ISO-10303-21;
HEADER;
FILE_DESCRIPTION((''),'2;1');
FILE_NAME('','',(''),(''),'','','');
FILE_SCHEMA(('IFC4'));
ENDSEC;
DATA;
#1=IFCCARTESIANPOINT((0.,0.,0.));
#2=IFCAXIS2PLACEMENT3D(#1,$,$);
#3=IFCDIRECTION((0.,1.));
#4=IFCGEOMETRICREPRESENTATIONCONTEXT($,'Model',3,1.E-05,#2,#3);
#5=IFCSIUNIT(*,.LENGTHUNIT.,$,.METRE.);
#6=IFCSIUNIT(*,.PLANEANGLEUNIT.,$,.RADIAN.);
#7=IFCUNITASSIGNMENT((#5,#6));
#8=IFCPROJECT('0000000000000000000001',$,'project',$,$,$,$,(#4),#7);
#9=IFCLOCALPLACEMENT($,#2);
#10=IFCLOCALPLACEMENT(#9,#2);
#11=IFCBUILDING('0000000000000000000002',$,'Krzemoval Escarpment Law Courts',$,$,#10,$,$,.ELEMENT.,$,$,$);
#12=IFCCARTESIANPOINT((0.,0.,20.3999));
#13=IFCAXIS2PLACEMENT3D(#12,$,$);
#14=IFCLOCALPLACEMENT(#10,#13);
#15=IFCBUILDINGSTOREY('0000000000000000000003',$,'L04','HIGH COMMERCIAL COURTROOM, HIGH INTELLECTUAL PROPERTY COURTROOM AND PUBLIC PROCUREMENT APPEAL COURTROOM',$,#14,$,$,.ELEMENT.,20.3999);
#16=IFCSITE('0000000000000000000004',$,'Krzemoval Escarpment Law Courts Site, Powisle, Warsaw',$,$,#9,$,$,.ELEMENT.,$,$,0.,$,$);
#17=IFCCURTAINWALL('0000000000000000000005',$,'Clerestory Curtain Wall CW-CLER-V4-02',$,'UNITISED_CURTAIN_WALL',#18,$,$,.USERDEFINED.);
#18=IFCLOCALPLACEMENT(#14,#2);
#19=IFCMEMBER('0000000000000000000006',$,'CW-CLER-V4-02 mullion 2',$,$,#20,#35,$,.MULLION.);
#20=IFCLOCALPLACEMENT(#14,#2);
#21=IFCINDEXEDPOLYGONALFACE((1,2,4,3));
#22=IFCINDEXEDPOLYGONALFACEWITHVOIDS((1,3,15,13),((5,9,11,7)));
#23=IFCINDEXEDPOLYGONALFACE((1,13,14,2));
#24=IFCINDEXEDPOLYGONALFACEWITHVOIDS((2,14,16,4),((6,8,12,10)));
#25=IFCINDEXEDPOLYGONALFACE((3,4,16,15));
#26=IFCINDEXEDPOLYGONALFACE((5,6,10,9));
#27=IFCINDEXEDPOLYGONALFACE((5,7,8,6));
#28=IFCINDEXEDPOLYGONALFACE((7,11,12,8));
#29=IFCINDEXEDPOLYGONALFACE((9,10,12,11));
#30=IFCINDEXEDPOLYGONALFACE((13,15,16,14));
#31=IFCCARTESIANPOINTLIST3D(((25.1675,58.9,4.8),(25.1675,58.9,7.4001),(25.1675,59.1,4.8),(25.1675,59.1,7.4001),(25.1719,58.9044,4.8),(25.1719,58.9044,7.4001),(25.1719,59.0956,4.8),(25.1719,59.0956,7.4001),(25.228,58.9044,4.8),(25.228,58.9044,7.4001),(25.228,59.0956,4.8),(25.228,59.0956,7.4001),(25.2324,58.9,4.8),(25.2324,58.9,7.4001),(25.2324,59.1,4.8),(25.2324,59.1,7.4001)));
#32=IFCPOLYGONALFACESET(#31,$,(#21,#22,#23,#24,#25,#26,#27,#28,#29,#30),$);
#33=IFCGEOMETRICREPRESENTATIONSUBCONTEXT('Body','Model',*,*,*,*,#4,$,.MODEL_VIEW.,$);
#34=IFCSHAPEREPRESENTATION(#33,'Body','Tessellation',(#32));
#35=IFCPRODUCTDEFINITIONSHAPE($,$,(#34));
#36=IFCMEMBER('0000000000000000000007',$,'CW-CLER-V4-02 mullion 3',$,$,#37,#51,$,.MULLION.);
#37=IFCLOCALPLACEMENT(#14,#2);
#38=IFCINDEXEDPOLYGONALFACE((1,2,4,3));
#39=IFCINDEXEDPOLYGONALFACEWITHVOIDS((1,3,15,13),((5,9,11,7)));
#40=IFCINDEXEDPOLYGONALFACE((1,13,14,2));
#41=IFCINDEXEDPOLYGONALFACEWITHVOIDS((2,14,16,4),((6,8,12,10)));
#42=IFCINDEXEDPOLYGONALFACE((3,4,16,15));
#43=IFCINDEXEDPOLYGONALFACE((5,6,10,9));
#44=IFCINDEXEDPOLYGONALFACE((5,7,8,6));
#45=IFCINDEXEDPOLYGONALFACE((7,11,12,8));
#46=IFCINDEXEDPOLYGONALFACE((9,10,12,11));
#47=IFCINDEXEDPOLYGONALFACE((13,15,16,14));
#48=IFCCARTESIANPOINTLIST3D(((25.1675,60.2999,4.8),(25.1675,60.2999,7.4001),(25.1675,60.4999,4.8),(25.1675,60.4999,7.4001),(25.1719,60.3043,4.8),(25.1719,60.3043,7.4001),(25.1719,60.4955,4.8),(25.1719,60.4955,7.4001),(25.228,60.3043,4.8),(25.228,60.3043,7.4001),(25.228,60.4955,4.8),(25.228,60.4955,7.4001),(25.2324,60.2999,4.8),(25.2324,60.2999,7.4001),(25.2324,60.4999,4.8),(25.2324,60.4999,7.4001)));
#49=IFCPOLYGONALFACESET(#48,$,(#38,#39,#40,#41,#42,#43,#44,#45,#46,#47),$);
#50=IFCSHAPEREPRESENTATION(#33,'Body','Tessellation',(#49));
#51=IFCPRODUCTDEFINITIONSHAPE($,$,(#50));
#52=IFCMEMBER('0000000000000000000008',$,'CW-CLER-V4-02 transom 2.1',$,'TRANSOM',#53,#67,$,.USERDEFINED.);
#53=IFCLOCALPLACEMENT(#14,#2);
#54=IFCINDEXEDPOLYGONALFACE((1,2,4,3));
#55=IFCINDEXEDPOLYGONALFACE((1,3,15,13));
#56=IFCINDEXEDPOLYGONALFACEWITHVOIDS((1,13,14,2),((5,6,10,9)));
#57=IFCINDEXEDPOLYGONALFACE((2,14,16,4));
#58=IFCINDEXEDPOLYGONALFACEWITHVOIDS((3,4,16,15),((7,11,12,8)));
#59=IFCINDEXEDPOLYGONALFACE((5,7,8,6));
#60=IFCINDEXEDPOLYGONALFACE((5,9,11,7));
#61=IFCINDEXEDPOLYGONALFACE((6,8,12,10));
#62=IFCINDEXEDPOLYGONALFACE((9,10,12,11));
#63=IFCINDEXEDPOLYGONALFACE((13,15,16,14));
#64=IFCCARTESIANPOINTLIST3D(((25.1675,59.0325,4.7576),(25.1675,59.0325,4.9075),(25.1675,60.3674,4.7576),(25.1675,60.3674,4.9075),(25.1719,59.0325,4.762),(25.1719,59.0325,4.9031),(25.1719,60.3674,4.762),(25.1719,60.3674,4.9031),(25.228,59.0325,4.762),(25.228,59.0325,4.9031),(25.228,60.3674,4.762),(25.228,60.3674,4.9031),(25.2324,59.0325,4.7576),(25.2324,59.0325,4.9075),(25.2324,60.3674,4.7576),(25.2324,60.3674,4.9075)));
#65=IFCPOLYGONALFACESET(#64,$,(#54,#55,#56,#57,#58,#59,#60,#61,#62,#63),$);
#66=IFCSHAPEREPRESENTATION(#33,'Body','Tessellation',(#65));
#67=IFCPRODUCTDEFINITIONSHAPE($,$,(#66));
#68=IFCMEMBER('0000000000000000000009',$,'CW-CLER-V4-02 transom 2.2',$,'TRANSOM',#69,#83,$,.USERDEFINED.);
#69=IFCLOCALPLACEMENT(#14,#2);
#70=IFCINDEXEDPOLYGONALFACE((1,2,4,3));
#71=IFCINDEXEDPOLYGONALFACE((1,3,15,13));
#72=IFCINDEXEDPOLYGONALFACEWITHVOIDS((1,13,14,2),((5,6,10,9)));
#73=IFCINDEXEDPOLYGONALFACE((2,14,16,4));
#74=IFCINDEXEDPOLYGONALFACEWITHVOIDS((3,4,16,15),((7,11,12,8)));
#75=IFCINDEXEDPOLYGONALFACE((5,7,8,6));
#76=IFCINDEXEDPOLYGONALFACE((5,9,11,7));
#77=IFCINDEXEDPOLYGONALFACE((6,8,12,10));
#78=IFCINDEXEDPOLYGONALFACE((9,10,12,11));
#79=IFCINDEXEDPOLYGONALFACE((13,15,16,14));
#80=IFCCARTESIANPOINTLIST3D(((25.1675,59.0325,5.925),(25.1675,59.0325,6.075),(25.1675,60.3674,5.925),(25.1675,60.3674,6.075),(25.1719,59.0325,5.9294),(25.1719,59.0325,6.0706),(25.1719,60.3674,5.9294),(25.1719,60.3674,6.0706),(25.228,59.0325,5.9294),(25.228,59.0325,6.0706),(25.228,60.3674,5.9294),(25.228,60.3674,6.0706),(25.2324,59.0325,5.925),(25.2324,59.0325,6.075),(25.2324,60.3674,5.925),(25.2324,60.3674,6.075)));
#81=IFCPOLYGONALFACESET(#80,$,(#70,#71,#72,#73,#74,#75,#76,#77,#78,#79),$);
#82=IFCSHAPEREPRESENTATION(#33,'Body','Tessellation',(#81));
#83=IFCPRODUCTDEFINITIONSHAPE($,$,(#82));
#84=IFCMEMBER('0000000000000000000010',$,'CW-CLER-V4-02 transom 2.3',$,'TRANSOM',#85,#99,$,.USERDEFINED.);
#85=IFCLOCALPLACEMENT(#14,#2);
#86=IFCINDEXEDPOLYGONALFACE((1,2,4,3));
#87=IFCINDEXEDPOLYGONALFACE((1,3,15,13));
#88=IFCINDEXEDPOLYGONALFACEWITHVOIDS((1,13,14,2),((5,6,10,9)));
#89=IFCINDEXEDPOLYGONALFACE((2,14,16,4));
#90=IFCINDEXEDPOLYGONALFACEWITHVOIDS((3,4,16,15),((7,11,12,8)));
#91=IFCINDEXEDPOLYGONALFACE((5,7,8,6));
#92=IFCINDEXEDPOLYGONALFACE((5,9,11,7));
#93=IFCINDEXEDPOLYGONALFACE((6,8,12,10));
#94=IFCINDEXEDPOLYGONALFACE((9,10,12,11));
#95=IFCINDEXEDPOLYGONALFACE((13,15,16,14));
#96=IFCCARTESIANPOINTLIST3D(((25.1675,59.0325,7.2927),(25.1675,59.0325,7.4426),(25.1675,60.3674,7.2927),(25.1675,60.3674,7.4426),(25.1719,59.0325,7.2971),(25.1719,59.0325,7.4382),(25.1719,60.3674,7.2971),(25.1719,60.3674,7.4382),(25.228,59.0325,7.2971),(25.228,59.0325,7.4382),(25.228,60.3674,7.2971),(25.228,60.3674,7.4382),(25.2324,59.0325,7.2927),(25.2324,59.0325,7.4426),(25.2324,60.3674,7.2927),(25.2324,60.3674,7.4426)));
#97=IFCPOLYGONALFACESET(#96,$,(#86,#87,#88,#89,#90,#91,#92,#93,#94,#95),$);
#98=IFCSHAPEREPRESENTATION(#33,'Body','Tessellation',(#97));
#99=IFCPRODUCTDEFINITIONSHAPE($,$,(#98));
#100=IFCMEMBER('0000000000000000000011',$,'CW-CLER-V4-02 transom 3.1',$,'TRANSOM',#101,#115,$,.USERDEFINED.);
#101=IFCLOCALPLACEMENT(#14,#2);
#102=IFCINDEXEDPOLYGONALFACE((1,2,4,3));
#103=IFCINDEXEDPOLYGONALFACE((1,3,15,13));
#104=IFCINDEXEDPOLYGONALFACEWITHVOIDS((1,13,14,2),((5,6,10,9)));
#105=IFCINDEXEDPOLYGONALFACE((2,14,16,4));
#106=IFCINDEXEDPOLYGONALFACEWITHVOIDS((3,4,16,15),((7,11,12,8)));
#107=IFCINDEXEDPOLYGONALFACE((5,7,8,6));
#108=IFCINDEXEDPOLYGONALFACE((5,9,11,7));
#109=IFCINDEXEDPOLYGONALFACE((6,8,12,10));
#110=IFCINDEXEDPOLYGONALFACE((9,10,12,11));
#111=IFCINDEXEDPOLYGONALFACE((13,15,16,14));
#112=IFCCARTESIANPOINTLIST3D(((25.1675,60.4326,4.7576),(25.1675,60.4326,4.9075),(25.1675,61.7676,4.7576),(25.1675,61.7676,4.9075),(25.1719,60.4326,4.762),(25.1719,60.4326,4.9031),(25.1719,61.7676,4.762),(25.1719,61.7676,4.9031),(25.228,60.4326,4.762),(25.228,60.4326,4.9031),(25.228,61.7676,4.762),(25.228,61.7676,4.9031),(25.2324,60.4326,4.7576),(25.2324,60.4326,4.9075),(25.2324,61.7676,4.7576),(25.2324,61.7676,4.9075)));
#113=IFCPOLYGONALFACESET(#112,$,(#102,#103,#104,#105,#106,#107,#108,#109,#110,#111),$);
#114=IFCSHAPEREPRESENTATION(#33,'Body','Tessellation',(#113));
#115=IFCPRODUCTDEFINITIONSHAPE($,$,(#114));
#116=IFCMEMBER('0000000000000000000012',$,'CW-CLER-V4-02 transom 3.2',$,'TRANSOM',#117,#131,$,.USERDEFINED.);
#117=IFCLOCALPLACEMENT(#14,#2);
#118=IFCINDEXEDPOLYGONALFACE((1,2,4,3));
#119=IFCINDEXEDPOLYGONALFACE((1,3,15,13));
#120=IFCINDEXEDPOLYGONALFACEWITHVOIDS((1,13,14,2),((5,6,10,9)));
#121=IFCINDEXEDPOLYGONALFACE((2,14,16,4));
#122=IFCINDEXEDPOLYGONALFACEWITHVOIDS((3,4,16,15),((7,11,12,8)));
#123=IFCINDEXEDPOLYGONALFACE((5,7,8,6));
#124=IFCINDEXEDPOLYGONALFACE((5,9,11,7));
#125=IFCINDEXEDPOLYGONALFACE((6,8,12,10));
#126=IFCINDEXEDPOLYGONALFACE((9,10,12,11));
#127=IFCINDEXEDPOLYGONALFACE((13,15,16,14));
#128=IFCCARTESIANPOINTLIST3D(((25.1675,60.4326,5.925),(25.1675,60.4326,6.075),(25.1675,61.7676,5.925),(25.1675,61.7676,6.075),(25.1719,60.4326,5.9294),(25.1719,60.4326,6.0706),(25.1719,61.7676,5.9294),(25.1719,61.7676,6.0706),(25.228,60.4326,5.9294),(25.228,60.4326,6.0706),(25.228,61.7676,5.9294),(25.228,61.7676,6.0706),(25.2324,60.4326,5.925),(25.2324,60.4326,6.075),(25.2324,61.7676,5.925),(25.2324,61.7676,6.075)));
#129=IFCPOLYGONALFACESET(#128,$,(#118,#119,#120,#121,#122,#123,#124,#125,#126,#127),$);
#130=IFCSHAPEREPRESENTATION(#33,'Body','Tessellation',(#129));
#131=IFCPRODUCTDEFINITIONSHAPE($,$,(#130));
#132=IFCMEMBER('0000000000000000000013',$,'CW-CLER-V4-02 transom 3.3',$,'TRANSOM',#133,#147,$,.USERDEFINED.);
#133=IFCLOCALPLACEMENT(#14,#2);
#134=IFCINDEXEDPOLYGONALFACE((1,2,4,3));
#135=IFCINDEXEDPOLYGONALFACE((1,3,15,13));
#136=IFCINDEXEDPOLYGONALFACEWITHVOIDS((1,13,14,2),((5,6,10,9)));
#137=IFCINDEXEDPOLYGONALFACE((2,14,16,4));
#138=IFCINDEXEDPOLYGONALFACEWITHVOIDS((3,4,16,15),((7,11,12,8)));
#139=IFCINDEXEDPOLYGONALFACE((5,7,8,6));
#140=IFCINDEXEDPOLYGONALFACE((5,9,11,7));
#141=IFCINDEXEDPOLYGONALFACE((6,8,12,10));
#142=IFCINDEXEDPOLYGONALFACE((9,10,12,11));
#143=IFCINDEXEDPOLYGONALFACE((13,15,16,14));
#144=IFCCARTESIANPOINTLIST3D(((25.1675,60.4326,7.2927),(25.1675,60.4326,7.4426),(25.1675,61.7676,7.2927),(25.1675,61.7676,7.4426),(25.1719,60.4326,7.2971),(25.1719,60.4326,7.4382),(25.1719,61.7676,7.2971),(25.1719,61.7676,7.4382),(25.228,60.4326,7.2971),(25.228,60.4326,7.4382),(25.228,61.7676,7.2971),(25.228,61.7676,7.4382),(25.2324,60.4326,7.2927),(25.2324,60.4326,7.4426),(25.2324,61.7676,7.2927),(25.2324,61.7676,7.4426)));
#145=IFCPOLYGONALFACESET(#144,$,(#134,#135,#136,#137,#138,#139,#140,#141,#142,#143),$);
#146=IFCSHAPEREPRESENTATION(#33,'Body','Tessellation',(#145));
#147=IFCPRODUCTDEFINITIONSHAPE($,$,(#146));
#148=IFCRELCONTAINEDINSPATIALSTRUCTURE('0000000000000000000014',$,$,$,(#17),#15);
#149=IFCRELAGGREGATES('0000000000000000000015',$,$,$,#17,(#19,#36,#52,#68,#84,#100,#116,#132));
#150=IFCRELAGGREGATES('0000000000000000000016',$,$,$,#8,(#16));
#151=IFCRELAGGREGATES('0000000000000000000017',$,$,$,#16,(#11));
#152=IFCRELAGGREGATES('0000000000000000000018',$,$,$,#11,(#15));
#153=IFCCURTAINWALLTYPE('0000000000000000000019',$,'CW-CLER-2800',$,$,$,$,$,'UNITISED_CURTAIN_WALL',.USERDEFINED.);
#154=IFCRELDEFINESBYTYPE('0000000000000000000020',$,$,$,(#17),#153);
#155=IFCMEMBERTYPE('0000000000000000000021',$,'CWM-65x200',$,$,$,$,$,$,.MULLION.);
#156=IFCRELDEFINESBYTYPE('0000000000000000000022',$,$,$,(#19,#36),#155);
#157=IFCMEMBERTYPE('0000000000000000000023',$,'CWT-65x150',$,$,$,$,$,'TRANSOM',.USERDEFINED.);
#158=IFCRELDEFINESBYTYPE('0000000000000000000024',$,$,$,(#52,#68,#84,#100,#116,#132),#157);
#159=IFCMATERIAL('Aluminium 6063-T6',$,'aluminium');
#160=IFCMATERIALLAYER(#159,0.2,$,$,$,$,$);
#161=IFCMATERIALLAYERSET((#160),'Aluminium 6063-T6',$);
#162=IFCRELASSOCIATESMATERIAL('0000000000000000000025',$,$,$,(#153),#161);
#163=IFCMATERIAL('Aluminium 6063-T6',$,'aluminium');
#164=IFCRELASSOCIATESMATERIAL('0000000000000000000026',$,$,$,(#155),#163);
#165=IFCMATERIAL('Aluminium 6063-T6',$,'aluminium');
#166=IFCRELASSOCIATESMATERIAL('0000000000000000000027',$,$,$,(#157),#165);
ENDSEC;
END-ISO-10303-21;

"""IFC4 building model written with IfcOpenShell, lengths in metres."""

from ifc_helpers import new_model, si_unit, direction, frame, origin, origin_2d, place, context, subcontext, project, spatial, hollow_rectangle, extrude, material, layer, layer_set, material_profile, profile_set, type_object, element, aggregate, save


model = new_model("IFC4")

# Units and contexts
model_context = context("Model", 3, precision=1e-05, world=origin(), true_north=direction((0.0, 1.0)))
body_context = subcontext(model_context, "Body", "Model", "MODEL_VIEW")
ifc_project = project(units=[si_unit("LENGTHUNIT", "METRE"), si_unit("PLANEANGLEUNIT", "RADIAN")], contexts=[model_context])

# Site, building, storey
site_placement = place(None, origin())
site = spatial("IfcSite", under=ifc_project, at=site_placement, Name="Krzemoval Escarpment Law Courts Site, Powisle, Warsaw", CompositionType="ELEMENT", RefElevation=0.0)
building_placement = place(site_placement, origin())
building = spatial("IfcBuilding", under=site, at=building_placement, Name="Krzemoval Escarpment Law Courts", CompositionType="ELEMENT")
storey_placement = place(building_placement, frame((0.0, 0.0, 20.3999)))
storey = spatial("IfcBuildingStorey", under=building, at=storey_placement, Name="L04", Description="HIGH COMMERCIAL COURTROOM, HIGH INTELLECTUAL PROPERTY COURTROOM AND PUBLIC PROCUREMENT APPEAL COURTROOM", CompositionType="ELEMENT", Elevation=20.3999)

# Curtain wall, members
ifc_material_1 = material(Name="Aluminium 6063-T6", Category="aluminium")
ifc_layer_1 = layer(ifc_material_1, 0.2)
ifc_layer_set_1 = layer_set([ifc_layer_1], Name="Aluminium 6063-T6")
curtain_wall_type = type_object("IfcCurtainWallType", Name="CW-CLER-2800", ElementType="UNITISED_CURTAIN_WALL", PredefinedType="USERDEFINED", material=ifc_layer_set_1)
curtain_wall_placement = place(storey_placement, origin())
curtain_wall = element("IfcCurtainWall", 1, at=curtain_wall_placement, inside=storey, type_object=curtain_wall_type, Name="Clerestory Curtain Wall CW-CLER-V4-02", ObjectType="UNITISED_CURTAIN_WALL", PredefinedType="USERDEFINED")
ifc_material_2 = material(Name="Aluminium 6063-T6", Category="aluminium")
ifc_material_profile_1 = material_profile(ifc_material_2, hollow_rectangle(XDim=0.0649, YDim=0.2, WallThickness=0.0044, at=origin_2d()), Name="ALU M65x200")
ifc_profile_set_1 = profile_set([ifc_material_profile_1], Name="Aluminium 6063-T6")
member_type_1 = type_object("IfcMemberType", Name="CWM-65x200", PredefinedType="MULLION", material=ifc_profile_set_1)
member_1_placement = place(storey_placement, frame((25.2, 59.0, 4.8), z_axis=(0.0, 0.0, 1.0), x_axis=(-1.0, 0.0, 0.0)))
member_1 = element("IfcMember", 2, at=member_1_placement, type_object=member_type_1, Name="CW-CLER-V4-02 mullion 2", PredefinedType="MULLION", context=body_context, shape_type="SweptSolid", body=[
    extrude(hollow_rectangle(XDim=0.0649, YDim=0.2, WallThickness=0.0044, at=origin_2d()), origin(), (0.0, 0.0, 1.0), 2.6001),
])
member_2_placement = place(storey_placement, frame((25.2, 60.3999, 4.8), z_axis=(0.0, 0.0, 1.0), x_axis=(-1.0, 0.0, 0.0)))
member_2 = element("IfcMember", 3, at=member_2_placement, type_object=member_type_1, Name="CW-CLER-V4-02 mullion 3", PredefinedType="MULLION", context=body_context, shape_type="SweptSolid", body=[
    extrude(hollow_rectangle(XDim=0.0649, YDim=0.2, WallThickness=0.0044, at=origin_2d()), origin(), (0.0, 0.0, 1.0), 2.6001),
])
ifc_material_3 = material(Name="Aluminium 6063-T6", Category="aluminium")
ifc_material_profile_2 = material_profile(ifc_material_3, hollow_rectangle(XDim=0.0649, YDim=0.1499, WallThickness=0.0044, at=origin_2d()), Name="ALU T65x150")
ifc_profile_set_2 = profile_set([ifc_material_profile_2], Name="Aluminium 6063-T6")
member_type_2 = type_object("IfcMemberType", Name="CWT-65x150", ElementType="TRANSOM", PredefinedType="USERDEFINED", material=ifc_profile_set_2)
member_3_placement = place(storey_placement, frame((25.2, 59.0325, 4.8325), z_axis=(0.0, 1.0, 0.0), x_axis=(-1.0, 0.0, 0.0)))
member_3 = element("IfcMember", 4, at=member_3_placement, type_object=member_type_2, Name="CW-CLER-V4-02 transom 2.1", ObjectType="TRANSOM", PredefinedType="USERDEFINED", context=body_context, shape_type="SweptSolid", body=[
    extrude(hollow_rectangle(XDim=0.0649, YDim=0.1499, WallThickness=0.0044, at=origin_2d()), origin(), (0.0, 0.0, 1.0), 1.335),
])
member_4_placement = place(storey_placement, frame((25.2, 59.0325, 6.0), z_axis=(0.0, 1.0, 0.0), x_axis=(-1.0, 0.0, 0.0)))
member_4 = element("IfcMember", 5, at=member_4_placement, type_object=member_type_2, Name="CW-CLER-V4-02 transom 2.2", ObjectType="TRANSOM", PredefinedType="USERDEFINED", context=body_context, shape_type="SweptSolid", body=[
    extrude(hollow_rectangle(XDim=0.0649, YDim=0.1499, WallThickness=0.0044, at=origin_2d()), origin(), (0.0, 0.0, 1.0), 1.335),
])
member_5_placement = place(storey_placement, frame((25.2, 59.0325, 7.3677), z_axis=(0.0, 1.0, 0.0), x_axis=(-1.0, 0.0, 0.0)))
member_5 = element("IfcMember", 6, at=member_5_placement, type_object=member_type_2, Name="CW-CLER-V4-02 transom 2.3", ObjectType="TRANSOM", PredefinedType="USERDEFINED", context=body_context, shape_type="SweptSolid", body=[
    extrude(hollow_rectangle(XDim=0.0649, YDim=0.1499, WallThickness=0.0044, at=origin_2d()), origin(), (0.0, 0.0, 1.0), 1.335),
])
member_6_placement = place(storey_placement, frame((25.2, 60.4326, 4.8325), z_axis=(0.0, 1.0, 0.0), x_axis=(-1.0, 0.0, 0.0)))
member_6 = element("IfcMember", 7, at=member_6_placement, type_object=member_type_2, Name="CW-CLER-V4-02 transom 3.1", ObjectType="TRANSOM", PredefinedType="USERDEFINED", context=body_context, shape_type="SweptSolid", body=[
    extrude(hollow_rectangle(XDim=0.0649, YDim=0.1499, WallThickness=0.0044, at=origin_2d()), origin(), (0.0, 0.0, 1.0), 1.335),
])
member_7_placement = place(storey_placement, frame((25.2, 60.4326, 6.0), z_axis=(0.0, 1.0, 0.0), x_axis=(-1.0, 0.0, 0.0)))
member_7 = element("IfcMember", 8, at=member_7_placement, type_object=member_type_2, Name="CW-CLER-V4-02 transom 3.2", ObjectType="TRANSOM", PredefinedType="USERDEFINED", context=body_context, shape_type="SweptSolid", body=[
    extrude(hollow_rectangle(XDim=0.0649, YDim=0.1499, WallThickness=0.0044, at=origin_2d()), origin(), (0.0, 0.0, 1.0), 1.335),
])
member_8_placement = place(storey_placement, frame((25.2, 60.4326, 7.3677), z_axis=(0.0, 1.0, 0.0), x_axis=(-1.0, 0.0, 0.0)))
member_8 = element("IfcMember", 9, at=member_8_placement, type_object=member_type_2, Name="CW-CLER-V4-02 transom 3.3", ObjectType="TRANSOM", PredefinedType="USERDEFINED", context=body_context, shape_type="SweptSolid", body=[
    extrude(hollow_rectangle(XDim=0.0649, YDim=0.1499, WallThickness=0.0044, at=origin_2d()), origin(), (0.0, 0.0, 1.0), 1.335),
])

aggregate(curtain_wall, [member_1, member_2, member_3, member_4, member_5, member_6, member_7, member_8])

save(model, "model.ifc")
